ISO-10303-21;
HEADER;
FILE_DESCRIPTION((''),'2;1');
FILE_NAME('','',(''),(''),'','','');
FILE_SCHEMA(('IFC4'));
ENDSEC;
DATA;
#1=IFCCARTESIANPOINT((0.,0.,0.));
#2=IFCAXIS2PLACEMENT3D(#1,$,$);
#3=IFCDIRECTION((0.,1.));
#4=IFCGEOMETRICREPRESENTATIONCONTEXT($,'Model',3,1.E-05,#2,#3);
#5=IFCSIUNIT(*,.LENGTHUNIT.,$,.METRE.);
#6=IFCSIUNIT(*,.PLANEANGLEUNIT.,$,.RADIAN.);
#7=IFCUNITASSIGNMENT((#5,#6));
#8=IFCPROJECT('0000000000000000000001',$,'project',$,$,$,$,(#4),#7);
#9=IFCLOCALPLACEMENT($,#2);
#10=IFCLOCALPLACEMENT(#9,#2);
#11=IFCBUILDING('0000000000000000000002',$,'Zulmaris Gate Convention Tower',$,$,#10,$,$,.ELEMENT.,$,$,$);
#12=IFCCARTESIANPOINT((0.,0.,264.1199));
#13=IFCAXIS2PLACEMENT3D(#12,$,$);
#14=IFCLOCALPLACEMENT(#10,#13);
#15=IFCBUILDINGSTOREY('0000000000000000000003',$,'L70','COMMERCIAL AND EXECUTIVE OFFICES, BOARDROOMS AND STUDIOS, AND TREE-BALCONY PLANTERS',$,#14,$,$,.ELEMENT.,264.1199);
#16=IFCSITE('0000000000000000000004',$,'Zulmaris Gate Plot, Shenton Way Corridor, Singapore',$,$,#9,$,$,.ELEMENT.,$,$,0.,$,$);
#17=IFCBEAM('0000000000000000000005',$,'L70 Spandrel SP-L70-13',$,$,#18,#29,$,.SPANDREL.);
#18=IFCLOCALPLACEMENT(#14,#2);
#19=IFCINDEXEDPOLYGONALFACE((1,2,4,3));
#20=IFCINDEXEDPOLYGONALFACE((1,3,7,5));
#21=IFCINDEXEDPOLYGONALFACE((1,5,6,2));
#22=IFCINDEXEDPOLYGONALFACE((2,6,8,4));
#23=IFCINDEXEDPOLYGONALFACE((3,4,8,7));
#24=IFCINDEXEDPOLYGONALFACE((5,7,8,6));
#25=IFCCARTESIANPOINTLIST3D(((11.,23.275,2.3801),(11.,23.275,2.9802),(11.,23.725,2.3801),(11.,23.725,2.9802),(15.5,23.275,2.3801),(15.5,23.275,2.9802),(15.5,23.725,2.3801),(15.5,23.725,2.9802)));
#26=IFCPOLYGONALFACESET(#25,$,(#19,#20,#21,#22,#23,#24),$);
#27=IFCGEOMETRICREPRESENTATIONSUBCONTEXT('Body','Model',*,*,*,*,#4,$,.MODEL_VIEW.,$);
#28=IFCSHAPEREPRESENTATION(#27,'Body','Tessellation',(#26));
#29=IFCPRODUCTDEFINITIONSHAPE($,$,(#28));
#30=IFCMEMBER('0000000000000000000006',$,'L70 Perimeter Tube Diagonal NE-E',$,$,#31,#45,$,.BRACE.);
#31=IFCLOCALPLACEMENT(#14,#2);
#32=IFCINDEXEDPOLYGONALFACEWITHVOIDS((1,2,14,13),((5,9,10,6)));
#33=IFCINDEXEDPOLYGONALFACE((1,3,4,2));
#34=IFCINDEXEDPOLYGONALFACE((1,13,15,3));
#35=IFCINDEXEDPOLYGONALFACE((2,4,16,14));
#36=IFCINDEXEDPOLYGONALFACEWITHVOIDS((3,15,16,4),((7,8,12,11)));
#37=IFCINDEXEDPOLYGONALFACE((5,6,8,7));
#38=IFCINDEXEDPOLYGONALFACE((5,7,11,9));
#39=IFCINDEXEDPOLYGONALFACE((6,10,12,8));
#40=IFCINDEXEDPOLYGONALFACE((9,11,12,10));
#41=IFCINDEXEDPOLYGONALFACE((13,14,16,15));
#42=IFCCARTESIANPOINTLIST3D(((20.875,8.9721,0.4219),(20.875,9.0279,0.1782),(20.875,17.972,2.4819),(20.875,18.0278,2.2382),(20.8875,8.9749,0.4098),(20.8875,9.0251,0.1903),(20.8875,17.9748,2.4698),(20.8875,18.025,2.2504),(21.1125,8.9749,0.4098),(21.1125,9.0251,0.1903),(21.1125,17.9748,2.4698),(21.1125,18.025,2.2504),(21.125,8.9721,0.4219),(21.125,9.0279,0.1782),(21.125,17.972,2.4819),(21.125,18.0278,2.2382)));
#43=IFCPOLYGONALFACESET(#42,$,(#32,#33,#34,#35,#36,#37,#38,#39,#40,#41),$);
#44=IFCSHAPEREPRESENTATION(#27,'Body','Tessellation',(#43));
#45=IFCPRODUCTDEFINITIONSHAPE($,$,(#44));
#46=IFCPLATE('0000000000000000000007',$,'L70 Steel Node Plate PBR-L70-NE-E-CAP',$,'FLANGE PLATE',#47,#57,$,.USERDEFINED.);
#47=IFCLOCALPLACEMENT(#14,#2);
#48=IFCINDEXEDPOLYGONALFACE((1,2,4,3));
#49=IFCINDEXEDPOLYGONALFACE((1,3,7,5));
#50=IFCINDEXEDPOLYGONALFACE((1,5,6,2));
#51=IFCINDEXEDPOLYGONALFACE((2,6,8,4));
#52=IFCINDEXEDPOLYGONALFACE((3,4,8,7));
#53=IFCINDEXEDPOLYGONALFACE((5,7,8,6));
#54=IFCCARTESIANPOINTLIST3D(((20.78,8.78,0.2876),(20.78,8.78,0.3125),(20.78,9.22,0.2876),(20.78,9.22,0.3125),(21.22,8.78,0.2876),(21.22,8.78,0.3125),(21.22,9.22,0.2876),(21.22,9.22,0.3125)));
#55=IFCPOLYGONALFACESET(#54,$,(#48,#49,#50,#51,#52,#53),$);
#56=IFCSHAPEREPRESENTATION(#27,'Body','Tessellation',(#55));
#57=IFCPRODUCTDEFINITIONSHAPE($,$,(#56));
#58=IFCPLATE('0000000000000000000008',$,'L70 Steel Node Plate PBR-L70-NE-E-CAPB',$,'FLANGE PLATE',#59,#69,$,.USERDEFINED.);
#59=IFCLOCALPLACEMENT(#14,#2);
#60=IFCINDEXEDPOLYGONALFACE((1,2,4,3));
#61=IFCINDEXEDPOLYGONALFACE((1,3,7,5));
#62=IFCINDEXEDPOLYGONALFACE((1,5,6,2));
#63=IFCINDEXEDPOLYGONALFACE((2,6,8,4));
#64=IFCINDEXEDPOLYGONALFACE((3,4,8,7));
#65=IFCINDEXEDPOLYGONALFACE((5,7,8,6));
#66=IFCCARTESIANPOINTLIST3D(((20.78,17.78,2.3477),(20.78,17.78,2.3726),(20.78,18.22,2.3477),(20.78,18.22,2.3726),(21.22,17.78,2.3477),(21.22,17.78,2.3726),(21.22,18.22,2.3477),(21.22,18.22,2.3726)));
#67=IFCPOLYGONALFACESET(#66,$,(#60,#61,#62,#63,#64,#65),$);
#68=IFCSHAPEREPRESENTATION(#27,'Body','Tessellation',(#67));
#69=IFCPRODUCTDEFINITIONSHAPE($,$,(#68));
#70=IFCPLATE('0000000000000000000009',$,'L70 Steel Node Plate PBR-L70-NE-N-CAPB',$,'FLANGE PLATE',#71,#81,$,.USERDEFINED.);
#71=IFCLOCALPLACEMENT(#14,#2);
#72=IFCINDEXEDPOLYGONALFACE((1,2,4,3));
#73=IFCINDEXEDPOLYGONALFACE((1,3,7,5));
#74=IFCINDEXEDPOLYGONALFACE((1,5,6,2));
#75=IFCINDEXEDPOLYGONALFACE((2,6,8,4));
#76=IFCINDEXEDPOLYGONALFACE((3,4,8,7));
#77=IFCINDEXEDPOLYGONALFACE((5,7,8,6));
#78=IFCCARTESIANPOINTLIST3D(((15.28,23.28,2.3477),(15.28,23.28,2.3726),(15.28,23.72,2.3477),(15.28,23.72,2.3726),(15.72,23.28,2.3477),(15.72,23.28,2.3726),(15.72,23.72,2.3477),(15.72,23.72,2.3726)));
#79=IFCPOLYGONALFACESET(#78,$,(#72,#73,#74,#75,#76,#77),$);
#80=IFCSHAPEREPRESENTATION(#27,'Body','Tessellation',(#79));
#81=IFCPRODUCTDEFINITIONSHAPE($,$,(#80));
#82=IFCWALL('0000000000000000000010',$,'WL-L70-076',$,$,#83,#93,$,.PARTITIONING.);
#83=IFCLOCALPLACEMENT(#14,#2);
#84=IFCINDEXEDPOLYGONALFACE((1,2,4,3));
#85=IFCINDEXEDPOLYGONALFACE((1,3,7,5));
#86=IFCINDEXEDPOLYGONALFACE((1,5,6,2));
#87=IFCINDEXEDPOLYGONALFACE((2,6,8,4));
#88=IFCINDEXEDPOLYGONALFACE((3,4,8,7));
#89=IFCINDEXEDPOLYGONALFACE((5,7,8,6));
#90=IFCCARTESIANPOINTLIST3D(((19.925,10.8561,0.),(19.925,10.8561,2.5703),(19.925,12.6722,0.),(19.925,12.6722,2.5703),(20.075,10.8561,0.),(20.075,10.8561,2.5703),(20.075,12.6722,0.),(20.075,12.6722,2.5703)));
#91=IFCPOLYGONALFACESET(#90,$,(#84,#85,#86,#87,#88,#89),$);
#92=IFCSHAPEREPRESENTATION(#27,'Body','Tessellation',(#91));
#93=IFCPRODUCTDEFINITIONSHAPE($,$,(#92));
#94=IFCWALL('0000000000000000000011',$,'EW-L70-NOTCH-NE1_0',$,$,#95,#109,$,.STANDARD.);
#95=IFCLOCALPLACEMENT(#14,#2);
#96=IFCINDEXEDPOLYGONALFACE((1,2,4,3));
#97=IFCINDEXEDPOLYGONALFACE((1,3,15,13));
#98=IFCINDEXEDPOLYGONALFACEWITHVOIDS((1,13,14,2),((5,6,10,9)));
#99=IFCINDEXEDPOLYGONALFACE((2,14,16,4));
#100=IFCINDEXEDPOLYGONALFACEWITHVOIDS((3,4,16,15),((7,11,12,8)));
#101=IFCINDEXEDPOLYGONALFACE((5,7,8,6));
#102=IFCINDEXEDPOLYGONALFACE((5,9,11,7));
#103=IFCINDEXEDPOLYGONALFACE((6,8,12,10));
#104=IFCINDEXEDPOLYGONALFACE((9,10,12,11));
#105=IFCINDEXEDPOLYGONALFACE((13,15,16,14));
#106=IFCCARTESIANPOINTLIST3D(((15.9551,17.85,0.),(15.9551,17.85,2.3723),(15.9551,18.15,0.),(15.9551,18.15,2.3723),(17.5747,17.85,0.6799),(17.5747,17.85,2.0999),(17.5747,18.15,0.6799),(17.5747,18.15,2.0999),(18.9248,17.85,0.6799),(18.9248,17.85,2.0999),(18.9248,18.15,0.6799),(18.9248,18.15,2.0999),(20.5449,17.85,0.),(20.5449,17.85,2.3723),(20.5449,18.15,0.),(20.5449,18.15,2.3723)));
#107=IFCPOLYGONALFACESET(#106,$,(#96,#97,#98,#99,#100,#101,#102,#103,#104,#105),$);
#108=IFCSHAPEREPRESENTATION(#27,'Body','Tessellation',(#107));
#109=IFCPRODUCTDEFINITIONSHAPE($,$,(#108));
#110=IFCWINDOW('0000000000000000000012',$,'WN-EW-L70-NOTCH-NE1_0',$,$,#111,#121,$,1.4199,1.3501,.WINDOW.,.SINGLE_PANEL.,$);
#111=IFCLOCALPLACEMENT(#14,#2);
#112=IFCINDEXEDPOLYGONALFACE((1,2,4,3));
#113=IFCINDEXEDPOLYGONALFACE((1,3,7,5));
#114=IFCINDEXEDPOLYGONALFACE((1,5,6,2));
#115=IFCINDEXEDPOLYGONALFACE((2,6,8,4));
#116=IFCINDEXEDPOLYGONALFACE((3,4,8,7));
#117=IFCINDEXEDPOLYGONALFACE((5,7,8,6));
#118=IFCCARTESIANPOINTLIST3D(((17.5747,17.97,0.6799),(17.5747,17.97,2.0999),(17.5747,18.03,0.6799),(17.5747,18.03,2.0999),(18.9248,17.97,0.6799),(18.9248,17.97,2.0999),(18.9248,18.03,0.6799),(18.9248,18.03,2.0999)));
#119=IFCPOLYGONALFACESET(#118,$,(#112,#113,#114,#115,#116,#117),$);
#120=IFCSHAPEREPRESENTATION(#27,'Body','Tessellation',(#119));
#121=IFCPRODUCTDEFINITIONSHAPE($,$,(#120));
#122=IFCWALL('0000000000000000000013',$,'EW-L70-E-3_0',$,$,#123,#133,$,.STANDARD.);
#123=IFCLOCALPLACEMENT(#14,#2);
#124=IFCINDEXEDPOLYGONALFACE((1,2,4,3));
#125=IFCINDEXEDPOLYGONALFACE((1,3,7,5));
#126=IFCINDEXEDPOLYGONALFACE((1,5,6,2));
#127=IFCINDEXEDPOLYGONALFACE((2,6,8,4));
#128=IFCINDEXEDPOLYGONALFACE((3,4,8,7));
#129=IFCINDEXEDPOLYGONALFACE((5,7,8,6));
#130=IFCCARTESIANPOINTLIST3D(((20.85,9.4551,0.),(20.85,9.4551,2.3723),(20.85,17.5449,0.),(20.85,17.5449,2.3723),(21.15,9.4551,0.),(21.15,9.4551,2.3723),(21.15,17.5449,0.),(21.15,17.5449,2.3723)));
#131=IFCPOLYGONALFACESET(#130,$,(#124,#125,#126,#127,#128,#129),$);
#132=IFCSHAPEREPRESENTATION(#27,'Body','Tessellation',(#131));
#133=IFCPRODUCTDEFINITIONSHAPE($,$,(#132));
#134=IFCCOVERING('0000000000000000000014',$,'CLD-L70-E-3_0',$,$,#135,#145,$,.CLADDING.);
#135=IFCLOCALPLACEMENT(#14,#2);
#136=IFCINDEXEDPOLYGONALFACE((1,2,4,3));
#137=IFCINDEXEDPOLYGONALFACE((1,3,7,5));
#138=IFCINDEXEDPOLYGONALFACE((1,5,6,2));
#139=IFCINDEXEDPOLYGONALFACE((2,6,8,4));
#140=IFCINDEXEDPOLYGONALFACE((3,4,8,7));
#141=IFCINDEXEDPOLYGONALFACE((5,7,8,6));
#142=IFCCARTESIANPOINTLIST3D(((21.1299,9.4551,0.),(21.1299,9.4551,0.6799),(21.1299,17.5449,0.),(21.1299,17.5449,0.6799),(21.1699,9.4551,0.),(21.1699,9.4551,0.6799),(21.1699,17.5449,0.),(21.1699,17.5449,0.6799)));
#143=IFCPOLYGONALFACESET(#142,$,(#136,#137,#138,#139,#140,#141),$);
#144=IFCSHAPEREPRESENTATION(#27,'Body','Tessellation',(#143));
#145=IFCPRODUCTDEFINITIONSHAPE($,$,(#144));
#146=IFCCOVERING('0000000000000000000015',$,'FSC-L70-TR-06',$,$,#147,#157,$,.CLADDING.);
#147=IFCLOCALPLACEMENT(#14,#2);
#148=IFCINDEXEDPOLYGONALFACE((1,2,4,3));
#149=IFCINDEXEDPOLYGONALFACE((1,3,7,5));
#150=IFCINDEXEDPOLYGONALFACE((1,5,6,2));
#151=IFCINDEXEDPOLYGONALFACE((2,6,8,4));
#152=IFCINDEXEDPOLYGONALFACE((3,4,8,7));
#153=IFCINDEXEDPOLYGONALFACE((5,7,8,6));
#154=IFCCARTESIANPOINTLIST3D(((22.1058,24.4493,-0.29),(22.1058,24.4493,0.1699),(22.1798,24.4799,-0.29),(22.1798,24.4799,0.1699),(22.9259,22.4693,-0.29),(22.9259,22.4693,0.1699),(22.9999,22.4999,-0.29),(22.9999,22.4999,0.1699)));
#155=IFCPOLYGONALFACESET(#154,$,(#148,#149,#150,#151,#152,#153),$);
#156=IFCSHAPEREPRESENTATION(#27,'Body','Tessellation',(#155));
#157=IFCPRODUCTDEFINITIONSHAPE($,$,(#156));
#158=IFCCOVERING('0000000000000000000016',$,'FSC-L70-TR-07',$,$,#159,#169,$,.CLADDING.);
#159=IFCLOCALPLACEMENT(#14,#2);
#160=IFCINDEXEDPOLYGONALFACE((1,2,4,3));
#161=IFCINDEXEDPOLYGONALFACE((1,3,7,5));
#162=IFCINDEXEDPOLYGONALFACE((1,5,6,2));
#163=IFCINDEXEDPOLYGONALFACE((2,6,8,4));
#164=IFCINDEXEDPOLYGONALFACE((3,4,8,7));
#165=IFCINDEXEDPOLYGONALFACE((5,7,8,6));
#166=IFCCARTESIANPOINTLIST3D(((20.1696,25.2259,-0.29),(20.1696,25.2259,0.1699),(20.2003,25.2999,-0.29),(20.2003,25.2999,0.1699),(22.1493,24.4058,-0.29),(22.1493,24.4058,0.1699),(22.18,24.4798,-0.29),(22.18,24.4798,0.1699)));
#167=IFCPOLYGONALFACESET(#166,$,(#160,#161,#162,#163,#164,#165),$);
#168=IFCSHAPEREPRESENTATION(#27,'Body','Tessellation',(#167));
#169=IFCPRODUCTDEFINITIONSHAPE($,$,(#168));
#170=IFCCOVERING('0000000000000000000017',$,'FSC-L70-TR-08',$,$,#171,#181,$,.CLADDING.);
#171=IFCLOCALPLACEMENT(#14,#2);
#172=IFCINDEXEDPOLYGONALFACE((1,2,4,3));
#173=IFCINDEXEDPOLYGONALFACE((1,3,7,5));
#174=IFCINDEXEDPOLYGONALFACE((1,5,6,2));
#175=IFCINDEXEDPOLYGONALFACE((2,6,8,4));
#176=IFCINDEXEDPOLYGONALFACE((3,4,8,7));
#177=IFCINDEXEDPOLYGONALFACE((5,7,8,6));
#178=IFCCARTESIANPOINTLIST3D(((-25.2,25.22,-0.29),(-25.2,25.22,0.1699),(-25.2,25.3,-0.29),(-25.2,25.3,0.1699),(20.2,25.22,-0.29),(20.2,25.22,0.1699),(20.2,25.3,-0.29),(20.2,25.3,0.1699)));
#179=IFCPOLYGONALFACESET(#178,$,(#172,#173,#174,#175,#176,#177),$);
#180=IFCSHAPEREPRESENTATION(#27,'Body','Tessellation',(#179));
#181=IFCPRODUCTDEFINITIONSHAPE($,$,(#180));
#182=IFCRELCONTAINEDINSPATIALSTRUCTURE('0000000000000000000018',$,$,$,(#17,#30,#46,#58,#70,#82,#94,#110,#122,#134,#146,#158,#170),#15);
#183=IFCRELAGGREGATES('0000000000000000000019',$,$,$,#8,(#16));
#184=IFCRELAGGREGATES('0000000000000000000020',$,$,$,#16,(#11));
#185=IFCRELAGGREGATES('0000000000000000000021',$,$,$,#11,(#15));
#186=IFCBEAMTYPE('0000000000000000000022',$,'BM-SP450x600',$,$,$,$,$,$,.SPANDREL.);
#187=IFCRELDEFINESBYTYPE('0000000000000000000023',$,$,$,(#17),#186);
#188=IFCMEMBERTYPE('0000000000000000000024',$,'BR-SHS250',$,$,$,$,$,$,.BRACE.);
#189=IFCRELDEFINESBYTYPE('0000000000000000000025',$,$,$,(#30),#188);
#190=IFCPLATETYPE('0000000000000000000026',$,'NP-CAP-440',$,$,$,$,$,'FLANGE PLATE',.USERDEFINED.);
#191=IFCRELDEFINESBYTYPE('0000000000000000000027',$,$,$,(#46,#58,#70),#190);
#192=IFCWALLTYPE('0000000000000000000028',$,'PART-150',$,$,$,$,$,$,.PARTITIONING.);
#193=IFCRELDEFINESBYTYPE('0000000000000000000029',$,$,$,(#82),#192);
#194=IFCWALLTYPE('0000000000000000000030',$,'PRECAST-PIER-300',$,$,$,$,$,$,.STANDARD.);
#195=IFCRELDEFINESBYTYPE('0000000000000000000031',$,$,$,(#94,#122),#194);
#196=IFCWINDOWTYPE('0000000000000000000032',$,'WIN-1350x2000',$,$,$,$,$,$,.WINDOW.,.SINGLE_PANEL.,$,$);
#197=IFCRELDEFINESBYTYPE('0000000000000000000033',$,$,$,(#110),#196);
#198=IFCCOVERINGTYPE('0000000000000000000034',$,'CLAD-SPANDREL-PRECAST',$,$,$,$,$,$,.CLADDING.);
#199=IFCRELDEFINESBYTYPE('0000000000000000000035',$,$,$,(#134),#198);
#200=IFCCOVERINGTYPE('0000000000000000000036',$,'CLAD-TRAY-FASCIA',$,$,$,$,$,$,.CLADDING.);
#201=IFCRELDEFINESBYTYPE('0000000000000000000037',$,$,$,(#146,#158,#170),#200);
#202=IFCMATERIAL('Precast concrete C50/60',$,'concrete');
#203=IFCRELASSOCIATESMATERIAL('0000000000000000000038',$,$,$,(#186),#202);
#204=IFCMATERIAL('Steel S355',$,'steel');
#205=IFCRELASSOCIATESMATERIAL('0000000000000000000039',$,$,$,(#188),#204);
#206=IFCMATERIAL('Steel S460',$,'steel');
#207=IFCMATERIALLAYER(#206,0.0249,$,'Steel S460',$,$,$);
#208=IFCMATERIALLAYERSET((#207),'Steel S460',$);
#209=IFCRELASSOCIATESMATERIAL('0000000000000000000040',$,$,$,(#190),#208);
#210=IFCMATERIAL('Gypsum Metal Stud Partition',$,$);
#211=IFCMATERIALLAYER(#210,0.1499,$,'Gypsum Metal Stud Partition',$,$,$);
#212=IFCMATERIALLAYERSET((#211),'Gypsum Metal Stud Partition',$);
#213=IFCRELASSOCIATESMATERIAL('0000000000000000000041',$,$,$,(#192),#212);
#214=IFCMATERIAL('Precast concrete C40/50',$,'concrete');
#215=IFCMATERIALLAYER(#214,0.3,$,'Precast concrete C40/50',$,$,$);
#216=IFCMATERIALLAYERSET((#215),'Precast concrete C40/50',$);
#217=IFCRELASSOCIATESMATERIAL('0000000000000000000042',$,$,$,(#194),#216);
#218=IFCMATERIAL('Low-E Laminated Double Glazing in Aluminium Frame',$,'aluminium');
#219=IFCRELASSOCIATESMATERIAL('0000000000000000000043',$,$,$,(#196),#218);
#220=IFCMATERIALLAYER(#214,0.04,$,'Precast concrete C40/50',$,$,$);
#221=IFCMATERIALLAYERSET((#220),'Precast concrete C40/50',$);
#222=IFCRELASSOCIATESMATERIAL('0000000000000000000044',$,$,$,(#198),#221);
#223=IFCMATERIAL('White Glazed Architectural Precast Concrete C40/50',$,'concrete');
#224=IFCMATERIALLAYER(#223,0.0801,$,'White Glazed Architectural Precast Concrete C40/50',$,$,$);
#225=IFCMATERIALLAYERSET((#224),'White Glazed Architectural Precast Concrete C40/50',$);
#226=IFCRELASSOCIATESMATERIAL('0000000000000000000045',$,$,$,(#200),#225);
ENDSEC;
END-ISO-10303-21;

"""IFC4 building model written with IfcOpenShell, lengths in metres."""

from ifc_helpers import new_model, si_unit, direction, frame, frame_2d, origin, origin_2d, place, context, subcontext, project, spatial, rectangle, hollow_rectangle, extrude, material, layer, layer_set, material_profile, profile_set, type_object, element, fill, save


model = new_model("IFC4")

# Units and contexts
model_context = context("Model", 3, precision=1e-05, world=origin(), true_north=direction((0.0, 1.0)))
body_context = subcontext(model_context, "Body", "Model", "MODEL_VIEW")
ifc_project = project(units=[si_unit("LENGTHUNIT", "METRE"), si_unit("PLANEANGLEUNIT", "RADIAN")], contexts=[model_context])

# Site, building, storey
site_placement = place(None, origin())
site = spatial("IfcSite", under=ifc_project, at=site_placement, Name="Zulmaris Gate Plot, Shenton Way Corridor, Singapore", CompositionType="ELEMENT", RefElevation=0.0)
building_placement = place(site_placement, origin())
building = spatial("IfcBuilding", under=site, at=building_placement, Name="Zulmaris Gate Convention Tower", CompositionType="ELEMENT")
storey_placement = place(building_placement, frame((0.0, 0.0, 264.1199)))
storey = spatial("IfcBuildingStorey", under=building, at=storey_placement, Name="L70", Description="COMMERCIAL AND EXECUTIVE OFFICES, BOARDROOMS AND STUDIOS, AND TREE-BALCONY PLANTERS", CompositionType="ELEMENT", Elevation=264.1199)

# Beam
ifc_material_1 = material(Name="Steel S355", Category="steel")
ifc_material_2 = material(Name="Precast concrete C50/60", Category="concrete")
ifc_material_profile_1 = material_profile(ifc_material_2, rectangle(XDim=0.45, YDim=0.6001, at=origin_2d()), Name="RC SPANDREL 450x600")
ifc_profile_set_1 = profile_set([ifc_material_profile_1], Name="Precast concrete C50/60")
beam_type_1 = type_object("IfcBeamType", Name="BM-SP450x600", PredefinedType="SPANDREL", material=ifc_profile_set_1)
beam_1_placement = place(storey_placement, frame((15.5, 23.5, 2.6802), z_axis=(-1.0, 0.0, 0.0), x_axis=(0.0, -1.0, 0.0)))
element("IfcBeam", 1, at=beam_1_placement, inside=storey, type_object=beam_type_1, Name="L70 Spandrel SP-L70-13", PredefinedType="SPANDREL", context=body_context, shape_type="SweptSolid", body=[
    extrude(rectangle(XDim=0.45, YDim=0.6001, at=origin_2d()), origin(), (0.0, 0.0, 1.0), 4.5),
])

# Member
ifc_material_profile_2 = material_profile(ifc_material_1, hollow_rectangle(XDim=0.25, YDim=0.25, WallThickness=0.0125, at=origin_2d()), Name="SHS 250x250x12.5")
ifc_profile_set_2 = profile_set([ifc_material_profile_2], Name="Steel S355")
member_type = type_object("IfcMemberType", Name="BR-SHS250", PredefinedType="BRACE", material=ifc_profile_set_2)
member_placement = place(storey_placement, frame((21.0, 9.0, 0.3), z_axis=(0.0, 0.97479, 0.223125), x_axis=(-1.0, 0.0, 0.0)))
element("IfcMember", 2, at=member_placement, inside=storey, type_object=member_type, Name="L70 Perimeter Tube Diagonal NE-E", PredefinedType="BRACE", context=body_context, shape_type="SweptSolid", body=[
    extrude(hollow_rectangle(XDim=0.25, YDim=0.25, WallThickness=0.0125, at=origin_2d()), origin(), (0.0, 0.0, 1.0), 9.2327),
])

# Plates
ifc_material_3 = material(Name="Steel S460", Category="steel")
ifc_layer_1 = layer(ifc_material_3, 0.0249, Name="Steel S460")
ifc_layer_set_1 = layer_set([ifc_layer_1], Name="Steel S460")
plate_type = type_object("IfcPlateType", Name="NP-CAP-440", ElementType="FLANGE PLATE", PredefinedType="USERDEFINED", material=ifc_layer_set_1)
for number, where, z_axis, x_axis, name in (
    (3, (21.0, 9.0, 0.2876), (0.0, 0.0, 1.0), (1.0, 0.0, 0.0), "L70 Steel Node Plate PBR-L70-NE-E-CAP"),
    (4, (21.0, 18.0, 2.3477), (0.0, 0.0, 1.0), (1.0, 0.0, 0.0), "L70 Steel Node Plate PBR-L70-NE-E-CAPB"),
    (5, (15.5, 23.5, 2.3477), (0.0, 0.0, 1.0), (1.0, 0.0, 0.0), "L70 Steel Node Plate PBR-L70-NE-N-CAPB"),
):
    element("IfcPlate", number, at=place(storey_placement, frame(where, z_axis=z_axis, x_axis=x_axis)), inside=storey, type_object=plate_type, Name=name, ObjectType="FLANGE PLATE", PredefinedType="USERDEFINED", context=body_context, shape_type="SweptSolid", body=[
        extrude(rectangle(XDim=0.4399, YDim=0.4399, at=origin_2d()), origin(), (0.0, 0.0, 1.0), 0.0249),
    ])

# Wall
ifc_material_4 = material(Name="Gypsum Metal Stud Partition")
ifc_layer_2 = layer(ifc_material_4, 0.1499, Name="Gypsum Metal Stud Partition")
ifc_layer_set_2 = layer_set([ifc_layer_2], Name="Gypsum Metal Stud Partition")
wall_type_1 = type_object("IfcWallType", Name="PART-150", PredefinedType="PARTITIONING", material=ifc_layer_set_2)
wall_1_placement = place(storey_placement, frame((20.0, 10.856, 0.0), z_axis=(0.0, 0.0, 1.0), x_axis=(0.0, 1.0, 0.0)))
element("IfcWall", 6, at=wall_1_placement, inside=storey, type_object=wall_type_1, Name="WL-L70-076", PredefinedType="PARTITIONING", context=body_context, shape_type="SweptSolid", body=[
    extrude(rectangle(XDim=1.8162, YDim=0.1499, at=frame_2d((0.9082, 0.0))), origin(), (0.0, 0.0, 1.0), 2.5703),
])

# Wall, opening, window
ifc_material_5 = material(Name="Precast concrete C40/50", Category="concrete")
ifc_layer_3 = layer(ifc_material_5, 0.3, Name="Precast concrete C40/50")
ifc_layer_set_3 = layer_set([ifc_layer_3], Name="Precast concrete C40/50")
wall_type_2 = type_object("IfcWallType", Name="PRECAST-PIER-300", PredefinedType="STANDARD", material=ifc_layer_set_3)
wall_2_placement = place(storey_placement, frame((20.5449, 18.0, 0.0), z_axis=(0.0, 0.0, 1.0), x_axis=(-1.0, 0.0, 0.0)))
wall_2 = element("IfcWall", 7, at=wall_2_placement, inside=storey, type_object=wall_type_2, Name="EW-L70-NOTCH-NE1_0", PredefinedType="STANDARD", context=body_context, shape_type="SweptSolid", body=[
    extrude(rectangle(XDim=4.5898, YDim=0.3, at=frame_2d((2.2949, 0.0))), origin(), (0.0, 0.0, 1.0), 2.3723),
])
opening_placement = place(wall_2_placement, frame((1.6201, 0.0, 0.6799)))
opening = element("IfcOpeningElement", 8, at=opening_placement, cuts=wall_2, PredefinedType="OPENING", context=body_context, shape_type="SweptSolid", body=[
    extrude(rectangle(XDim=1.3501, YDim=1.4199, at=frame_2d((0.675, 0.71))), frame((0.0, 0.1602, 0.0), z_axis=(0.0, -1.0, 0.0), x_axis=(1.0, 0.0, 0.0)), (0.0, 0.0, 1.0), 0.3201),
])
ifc_material_6 = material(Name="Low-E Laminated Double Glazing in Aluminium Frame", Category="aluminium")
window_type = type_object("IfcWindowType", Name="WIN-1350x2000", PartitioningType="SINGLE_PANEL", PredefinedType="WINDOW", material=ifc_material_6)
window_placement = place(opening_placement, origin())
window = element("IfcWindow", 9, at=window_placement, inside=storey, type_object=window_type, Name="WN-EW-L70-NOTCH-NE1_0", OverallHeight=1.4199, OverallWidth=1.3501, PartitioningType="SINGLE_PANEL", PredefinedType="WINDOW", context=body_context, shape_type="SweptSolid", body=[
    extrude(rectangle(XDim=1.3501, YDim=1.4199, at=frame_2d((0.675, 0.71))), frame((0.0, 0.03, 0.0), z_axis=(0.0, -1.0, 0.0), x_axis=(1.0, 0.0, 0.0)), (0.0, 0.0, 1.0), 0.0601),
])
fill(opening, window)

# Wall
wall_3_placement = place(storey_placement, frame((21.0, 9.4551, 0.0), z_axis=(0.0, 0.0, 1.0), x_axis=(0.0, 1.0, 0.0)))
element("IfcWall", 10, at=wall_3_placement, inside=storey, type_object=wall_type_2, Name="EW-L70-E-3_0", PredefinedType="STANDARD", context=body_context, shape_type="SweptSolid", body=[
    extrude(rectangle(XDim=8.0898, YDim=0.3, at=frame_2d((4.0449, 0.0))), origin(), (0.0, 0.0, 1.0), 2.3723),
])

# Coverings
ifc_layer_4 = layer(ifc_material_5, 0.04, Name="Precast concrete C40/50")
ifc_layer_set_4 = layer_set([ifc_layer_4], Name="Precast concrete C40/50")
covering_type_1 = type_object("IfcCoveringType", Name="CLAD-SPANDREL-PRECAST", PredefinedType="CLADDING", material=ifc_layer_set_4)
covering_1_placement = place(storey_placement, frame((21.1499, 9.4551, 0.0), z_axis=(0.0, 0.0, 1.0), x_axis=(0.0, 1.0, 0.0)))
element("IfcCovering", 11, at=covering_1_placement, inside=storey, type_object=covering_type_1, Name="CLD-L70-E-3_0", PredefinedType="CLADDING", context=body_context, shape_type="SweptSolid", body=[
    extrude(rectangle(XDim=8.0898, YDim=0.04, at=frame_2d((4.0449, 0.0))), origin(), (0.0, 0.0, 1.0), 0.6799),
])
ifc_material_7 = material(Name="White Glazed Architectural Precast Concrete C40/50", Category="concrete")
ifc_layer_5 = layer(ifc_material_7, 0.0801, Name="White Glazed Architectural Precast Concrete C40/50")
ifc_layer_set_5 = layer_set([ifc_layer_5], Name="White Glazed Architectural Precast Concrete C40/50")
covering_type_2 = type_object("IfcCoveringType", Name="CLAD-TRAY-FASCIA", PredefinedType="CLADDING", material=ifc_layer_set_5)
covering_2_placement = place(storey_placement, frame((22.9629, 22.4846, -0.29), z_axis=(0.0, 0.0, 1.0), x_axis=(-0.382657, 0.92389, 0.0)))
element("IfcCovering", 12, at=covering_2_placement, inside=storey, type_object=covering_type_2, Name="FSC-L70-TR-06", PredefinedType="CLADDING", context=body_context, shape_type="SweptSolid", body=[
    extrude(rectangle(XDim=2.1431, YDim=0.0801, at=frame_2d((1.0715, 0.0))), origin(), (0.0, 0.0, 1.0), 0.46),
])
covering_3_placement = place(storey_placement, frame((22.1646, 24.4429, -0.29), z_axis=(0.0, 0.0, 1.0), x_axis=(-0.923874, 0.382697, 0.0)))
element("IfcCovering", 13, at=covering_3_placement, inside=storey, type_object=covering_type_2, Name="FSC-L70-TR-07", PredefinedType="CLADDING", context=body_context, shape_type="SweptSolid", body=[
    extrude(rectangle(XDim=2.1428, YDim=0.0801, at=frame_2d((1.0713, 0.0))), origin(), (0.0, 0.0, 1.0), 0.46),
])
covering_4_placement = place(storey_placement, frame((20.2, 25.26, -0.29), z_axis=(0.0, 0.0, 1.0), x_axis=(-1.0, 0.0, 0.0)))
element("IfcCovering", 14, at=covering_4_placement, inside=storey, type_object=covering_type_2, Name="FSC-L70-TR-08", PredefinedType="CLADDING", context=body_context, shape_type="SweptSolid", body=[
    extrude(rectangle(XDim=45.3999, YDim=0.0801, at=frame_2d((22.7, 0.0))), origin(), (0.0, 0.0, 1.0), 0.46),
])

save(model, "model.ifc")
